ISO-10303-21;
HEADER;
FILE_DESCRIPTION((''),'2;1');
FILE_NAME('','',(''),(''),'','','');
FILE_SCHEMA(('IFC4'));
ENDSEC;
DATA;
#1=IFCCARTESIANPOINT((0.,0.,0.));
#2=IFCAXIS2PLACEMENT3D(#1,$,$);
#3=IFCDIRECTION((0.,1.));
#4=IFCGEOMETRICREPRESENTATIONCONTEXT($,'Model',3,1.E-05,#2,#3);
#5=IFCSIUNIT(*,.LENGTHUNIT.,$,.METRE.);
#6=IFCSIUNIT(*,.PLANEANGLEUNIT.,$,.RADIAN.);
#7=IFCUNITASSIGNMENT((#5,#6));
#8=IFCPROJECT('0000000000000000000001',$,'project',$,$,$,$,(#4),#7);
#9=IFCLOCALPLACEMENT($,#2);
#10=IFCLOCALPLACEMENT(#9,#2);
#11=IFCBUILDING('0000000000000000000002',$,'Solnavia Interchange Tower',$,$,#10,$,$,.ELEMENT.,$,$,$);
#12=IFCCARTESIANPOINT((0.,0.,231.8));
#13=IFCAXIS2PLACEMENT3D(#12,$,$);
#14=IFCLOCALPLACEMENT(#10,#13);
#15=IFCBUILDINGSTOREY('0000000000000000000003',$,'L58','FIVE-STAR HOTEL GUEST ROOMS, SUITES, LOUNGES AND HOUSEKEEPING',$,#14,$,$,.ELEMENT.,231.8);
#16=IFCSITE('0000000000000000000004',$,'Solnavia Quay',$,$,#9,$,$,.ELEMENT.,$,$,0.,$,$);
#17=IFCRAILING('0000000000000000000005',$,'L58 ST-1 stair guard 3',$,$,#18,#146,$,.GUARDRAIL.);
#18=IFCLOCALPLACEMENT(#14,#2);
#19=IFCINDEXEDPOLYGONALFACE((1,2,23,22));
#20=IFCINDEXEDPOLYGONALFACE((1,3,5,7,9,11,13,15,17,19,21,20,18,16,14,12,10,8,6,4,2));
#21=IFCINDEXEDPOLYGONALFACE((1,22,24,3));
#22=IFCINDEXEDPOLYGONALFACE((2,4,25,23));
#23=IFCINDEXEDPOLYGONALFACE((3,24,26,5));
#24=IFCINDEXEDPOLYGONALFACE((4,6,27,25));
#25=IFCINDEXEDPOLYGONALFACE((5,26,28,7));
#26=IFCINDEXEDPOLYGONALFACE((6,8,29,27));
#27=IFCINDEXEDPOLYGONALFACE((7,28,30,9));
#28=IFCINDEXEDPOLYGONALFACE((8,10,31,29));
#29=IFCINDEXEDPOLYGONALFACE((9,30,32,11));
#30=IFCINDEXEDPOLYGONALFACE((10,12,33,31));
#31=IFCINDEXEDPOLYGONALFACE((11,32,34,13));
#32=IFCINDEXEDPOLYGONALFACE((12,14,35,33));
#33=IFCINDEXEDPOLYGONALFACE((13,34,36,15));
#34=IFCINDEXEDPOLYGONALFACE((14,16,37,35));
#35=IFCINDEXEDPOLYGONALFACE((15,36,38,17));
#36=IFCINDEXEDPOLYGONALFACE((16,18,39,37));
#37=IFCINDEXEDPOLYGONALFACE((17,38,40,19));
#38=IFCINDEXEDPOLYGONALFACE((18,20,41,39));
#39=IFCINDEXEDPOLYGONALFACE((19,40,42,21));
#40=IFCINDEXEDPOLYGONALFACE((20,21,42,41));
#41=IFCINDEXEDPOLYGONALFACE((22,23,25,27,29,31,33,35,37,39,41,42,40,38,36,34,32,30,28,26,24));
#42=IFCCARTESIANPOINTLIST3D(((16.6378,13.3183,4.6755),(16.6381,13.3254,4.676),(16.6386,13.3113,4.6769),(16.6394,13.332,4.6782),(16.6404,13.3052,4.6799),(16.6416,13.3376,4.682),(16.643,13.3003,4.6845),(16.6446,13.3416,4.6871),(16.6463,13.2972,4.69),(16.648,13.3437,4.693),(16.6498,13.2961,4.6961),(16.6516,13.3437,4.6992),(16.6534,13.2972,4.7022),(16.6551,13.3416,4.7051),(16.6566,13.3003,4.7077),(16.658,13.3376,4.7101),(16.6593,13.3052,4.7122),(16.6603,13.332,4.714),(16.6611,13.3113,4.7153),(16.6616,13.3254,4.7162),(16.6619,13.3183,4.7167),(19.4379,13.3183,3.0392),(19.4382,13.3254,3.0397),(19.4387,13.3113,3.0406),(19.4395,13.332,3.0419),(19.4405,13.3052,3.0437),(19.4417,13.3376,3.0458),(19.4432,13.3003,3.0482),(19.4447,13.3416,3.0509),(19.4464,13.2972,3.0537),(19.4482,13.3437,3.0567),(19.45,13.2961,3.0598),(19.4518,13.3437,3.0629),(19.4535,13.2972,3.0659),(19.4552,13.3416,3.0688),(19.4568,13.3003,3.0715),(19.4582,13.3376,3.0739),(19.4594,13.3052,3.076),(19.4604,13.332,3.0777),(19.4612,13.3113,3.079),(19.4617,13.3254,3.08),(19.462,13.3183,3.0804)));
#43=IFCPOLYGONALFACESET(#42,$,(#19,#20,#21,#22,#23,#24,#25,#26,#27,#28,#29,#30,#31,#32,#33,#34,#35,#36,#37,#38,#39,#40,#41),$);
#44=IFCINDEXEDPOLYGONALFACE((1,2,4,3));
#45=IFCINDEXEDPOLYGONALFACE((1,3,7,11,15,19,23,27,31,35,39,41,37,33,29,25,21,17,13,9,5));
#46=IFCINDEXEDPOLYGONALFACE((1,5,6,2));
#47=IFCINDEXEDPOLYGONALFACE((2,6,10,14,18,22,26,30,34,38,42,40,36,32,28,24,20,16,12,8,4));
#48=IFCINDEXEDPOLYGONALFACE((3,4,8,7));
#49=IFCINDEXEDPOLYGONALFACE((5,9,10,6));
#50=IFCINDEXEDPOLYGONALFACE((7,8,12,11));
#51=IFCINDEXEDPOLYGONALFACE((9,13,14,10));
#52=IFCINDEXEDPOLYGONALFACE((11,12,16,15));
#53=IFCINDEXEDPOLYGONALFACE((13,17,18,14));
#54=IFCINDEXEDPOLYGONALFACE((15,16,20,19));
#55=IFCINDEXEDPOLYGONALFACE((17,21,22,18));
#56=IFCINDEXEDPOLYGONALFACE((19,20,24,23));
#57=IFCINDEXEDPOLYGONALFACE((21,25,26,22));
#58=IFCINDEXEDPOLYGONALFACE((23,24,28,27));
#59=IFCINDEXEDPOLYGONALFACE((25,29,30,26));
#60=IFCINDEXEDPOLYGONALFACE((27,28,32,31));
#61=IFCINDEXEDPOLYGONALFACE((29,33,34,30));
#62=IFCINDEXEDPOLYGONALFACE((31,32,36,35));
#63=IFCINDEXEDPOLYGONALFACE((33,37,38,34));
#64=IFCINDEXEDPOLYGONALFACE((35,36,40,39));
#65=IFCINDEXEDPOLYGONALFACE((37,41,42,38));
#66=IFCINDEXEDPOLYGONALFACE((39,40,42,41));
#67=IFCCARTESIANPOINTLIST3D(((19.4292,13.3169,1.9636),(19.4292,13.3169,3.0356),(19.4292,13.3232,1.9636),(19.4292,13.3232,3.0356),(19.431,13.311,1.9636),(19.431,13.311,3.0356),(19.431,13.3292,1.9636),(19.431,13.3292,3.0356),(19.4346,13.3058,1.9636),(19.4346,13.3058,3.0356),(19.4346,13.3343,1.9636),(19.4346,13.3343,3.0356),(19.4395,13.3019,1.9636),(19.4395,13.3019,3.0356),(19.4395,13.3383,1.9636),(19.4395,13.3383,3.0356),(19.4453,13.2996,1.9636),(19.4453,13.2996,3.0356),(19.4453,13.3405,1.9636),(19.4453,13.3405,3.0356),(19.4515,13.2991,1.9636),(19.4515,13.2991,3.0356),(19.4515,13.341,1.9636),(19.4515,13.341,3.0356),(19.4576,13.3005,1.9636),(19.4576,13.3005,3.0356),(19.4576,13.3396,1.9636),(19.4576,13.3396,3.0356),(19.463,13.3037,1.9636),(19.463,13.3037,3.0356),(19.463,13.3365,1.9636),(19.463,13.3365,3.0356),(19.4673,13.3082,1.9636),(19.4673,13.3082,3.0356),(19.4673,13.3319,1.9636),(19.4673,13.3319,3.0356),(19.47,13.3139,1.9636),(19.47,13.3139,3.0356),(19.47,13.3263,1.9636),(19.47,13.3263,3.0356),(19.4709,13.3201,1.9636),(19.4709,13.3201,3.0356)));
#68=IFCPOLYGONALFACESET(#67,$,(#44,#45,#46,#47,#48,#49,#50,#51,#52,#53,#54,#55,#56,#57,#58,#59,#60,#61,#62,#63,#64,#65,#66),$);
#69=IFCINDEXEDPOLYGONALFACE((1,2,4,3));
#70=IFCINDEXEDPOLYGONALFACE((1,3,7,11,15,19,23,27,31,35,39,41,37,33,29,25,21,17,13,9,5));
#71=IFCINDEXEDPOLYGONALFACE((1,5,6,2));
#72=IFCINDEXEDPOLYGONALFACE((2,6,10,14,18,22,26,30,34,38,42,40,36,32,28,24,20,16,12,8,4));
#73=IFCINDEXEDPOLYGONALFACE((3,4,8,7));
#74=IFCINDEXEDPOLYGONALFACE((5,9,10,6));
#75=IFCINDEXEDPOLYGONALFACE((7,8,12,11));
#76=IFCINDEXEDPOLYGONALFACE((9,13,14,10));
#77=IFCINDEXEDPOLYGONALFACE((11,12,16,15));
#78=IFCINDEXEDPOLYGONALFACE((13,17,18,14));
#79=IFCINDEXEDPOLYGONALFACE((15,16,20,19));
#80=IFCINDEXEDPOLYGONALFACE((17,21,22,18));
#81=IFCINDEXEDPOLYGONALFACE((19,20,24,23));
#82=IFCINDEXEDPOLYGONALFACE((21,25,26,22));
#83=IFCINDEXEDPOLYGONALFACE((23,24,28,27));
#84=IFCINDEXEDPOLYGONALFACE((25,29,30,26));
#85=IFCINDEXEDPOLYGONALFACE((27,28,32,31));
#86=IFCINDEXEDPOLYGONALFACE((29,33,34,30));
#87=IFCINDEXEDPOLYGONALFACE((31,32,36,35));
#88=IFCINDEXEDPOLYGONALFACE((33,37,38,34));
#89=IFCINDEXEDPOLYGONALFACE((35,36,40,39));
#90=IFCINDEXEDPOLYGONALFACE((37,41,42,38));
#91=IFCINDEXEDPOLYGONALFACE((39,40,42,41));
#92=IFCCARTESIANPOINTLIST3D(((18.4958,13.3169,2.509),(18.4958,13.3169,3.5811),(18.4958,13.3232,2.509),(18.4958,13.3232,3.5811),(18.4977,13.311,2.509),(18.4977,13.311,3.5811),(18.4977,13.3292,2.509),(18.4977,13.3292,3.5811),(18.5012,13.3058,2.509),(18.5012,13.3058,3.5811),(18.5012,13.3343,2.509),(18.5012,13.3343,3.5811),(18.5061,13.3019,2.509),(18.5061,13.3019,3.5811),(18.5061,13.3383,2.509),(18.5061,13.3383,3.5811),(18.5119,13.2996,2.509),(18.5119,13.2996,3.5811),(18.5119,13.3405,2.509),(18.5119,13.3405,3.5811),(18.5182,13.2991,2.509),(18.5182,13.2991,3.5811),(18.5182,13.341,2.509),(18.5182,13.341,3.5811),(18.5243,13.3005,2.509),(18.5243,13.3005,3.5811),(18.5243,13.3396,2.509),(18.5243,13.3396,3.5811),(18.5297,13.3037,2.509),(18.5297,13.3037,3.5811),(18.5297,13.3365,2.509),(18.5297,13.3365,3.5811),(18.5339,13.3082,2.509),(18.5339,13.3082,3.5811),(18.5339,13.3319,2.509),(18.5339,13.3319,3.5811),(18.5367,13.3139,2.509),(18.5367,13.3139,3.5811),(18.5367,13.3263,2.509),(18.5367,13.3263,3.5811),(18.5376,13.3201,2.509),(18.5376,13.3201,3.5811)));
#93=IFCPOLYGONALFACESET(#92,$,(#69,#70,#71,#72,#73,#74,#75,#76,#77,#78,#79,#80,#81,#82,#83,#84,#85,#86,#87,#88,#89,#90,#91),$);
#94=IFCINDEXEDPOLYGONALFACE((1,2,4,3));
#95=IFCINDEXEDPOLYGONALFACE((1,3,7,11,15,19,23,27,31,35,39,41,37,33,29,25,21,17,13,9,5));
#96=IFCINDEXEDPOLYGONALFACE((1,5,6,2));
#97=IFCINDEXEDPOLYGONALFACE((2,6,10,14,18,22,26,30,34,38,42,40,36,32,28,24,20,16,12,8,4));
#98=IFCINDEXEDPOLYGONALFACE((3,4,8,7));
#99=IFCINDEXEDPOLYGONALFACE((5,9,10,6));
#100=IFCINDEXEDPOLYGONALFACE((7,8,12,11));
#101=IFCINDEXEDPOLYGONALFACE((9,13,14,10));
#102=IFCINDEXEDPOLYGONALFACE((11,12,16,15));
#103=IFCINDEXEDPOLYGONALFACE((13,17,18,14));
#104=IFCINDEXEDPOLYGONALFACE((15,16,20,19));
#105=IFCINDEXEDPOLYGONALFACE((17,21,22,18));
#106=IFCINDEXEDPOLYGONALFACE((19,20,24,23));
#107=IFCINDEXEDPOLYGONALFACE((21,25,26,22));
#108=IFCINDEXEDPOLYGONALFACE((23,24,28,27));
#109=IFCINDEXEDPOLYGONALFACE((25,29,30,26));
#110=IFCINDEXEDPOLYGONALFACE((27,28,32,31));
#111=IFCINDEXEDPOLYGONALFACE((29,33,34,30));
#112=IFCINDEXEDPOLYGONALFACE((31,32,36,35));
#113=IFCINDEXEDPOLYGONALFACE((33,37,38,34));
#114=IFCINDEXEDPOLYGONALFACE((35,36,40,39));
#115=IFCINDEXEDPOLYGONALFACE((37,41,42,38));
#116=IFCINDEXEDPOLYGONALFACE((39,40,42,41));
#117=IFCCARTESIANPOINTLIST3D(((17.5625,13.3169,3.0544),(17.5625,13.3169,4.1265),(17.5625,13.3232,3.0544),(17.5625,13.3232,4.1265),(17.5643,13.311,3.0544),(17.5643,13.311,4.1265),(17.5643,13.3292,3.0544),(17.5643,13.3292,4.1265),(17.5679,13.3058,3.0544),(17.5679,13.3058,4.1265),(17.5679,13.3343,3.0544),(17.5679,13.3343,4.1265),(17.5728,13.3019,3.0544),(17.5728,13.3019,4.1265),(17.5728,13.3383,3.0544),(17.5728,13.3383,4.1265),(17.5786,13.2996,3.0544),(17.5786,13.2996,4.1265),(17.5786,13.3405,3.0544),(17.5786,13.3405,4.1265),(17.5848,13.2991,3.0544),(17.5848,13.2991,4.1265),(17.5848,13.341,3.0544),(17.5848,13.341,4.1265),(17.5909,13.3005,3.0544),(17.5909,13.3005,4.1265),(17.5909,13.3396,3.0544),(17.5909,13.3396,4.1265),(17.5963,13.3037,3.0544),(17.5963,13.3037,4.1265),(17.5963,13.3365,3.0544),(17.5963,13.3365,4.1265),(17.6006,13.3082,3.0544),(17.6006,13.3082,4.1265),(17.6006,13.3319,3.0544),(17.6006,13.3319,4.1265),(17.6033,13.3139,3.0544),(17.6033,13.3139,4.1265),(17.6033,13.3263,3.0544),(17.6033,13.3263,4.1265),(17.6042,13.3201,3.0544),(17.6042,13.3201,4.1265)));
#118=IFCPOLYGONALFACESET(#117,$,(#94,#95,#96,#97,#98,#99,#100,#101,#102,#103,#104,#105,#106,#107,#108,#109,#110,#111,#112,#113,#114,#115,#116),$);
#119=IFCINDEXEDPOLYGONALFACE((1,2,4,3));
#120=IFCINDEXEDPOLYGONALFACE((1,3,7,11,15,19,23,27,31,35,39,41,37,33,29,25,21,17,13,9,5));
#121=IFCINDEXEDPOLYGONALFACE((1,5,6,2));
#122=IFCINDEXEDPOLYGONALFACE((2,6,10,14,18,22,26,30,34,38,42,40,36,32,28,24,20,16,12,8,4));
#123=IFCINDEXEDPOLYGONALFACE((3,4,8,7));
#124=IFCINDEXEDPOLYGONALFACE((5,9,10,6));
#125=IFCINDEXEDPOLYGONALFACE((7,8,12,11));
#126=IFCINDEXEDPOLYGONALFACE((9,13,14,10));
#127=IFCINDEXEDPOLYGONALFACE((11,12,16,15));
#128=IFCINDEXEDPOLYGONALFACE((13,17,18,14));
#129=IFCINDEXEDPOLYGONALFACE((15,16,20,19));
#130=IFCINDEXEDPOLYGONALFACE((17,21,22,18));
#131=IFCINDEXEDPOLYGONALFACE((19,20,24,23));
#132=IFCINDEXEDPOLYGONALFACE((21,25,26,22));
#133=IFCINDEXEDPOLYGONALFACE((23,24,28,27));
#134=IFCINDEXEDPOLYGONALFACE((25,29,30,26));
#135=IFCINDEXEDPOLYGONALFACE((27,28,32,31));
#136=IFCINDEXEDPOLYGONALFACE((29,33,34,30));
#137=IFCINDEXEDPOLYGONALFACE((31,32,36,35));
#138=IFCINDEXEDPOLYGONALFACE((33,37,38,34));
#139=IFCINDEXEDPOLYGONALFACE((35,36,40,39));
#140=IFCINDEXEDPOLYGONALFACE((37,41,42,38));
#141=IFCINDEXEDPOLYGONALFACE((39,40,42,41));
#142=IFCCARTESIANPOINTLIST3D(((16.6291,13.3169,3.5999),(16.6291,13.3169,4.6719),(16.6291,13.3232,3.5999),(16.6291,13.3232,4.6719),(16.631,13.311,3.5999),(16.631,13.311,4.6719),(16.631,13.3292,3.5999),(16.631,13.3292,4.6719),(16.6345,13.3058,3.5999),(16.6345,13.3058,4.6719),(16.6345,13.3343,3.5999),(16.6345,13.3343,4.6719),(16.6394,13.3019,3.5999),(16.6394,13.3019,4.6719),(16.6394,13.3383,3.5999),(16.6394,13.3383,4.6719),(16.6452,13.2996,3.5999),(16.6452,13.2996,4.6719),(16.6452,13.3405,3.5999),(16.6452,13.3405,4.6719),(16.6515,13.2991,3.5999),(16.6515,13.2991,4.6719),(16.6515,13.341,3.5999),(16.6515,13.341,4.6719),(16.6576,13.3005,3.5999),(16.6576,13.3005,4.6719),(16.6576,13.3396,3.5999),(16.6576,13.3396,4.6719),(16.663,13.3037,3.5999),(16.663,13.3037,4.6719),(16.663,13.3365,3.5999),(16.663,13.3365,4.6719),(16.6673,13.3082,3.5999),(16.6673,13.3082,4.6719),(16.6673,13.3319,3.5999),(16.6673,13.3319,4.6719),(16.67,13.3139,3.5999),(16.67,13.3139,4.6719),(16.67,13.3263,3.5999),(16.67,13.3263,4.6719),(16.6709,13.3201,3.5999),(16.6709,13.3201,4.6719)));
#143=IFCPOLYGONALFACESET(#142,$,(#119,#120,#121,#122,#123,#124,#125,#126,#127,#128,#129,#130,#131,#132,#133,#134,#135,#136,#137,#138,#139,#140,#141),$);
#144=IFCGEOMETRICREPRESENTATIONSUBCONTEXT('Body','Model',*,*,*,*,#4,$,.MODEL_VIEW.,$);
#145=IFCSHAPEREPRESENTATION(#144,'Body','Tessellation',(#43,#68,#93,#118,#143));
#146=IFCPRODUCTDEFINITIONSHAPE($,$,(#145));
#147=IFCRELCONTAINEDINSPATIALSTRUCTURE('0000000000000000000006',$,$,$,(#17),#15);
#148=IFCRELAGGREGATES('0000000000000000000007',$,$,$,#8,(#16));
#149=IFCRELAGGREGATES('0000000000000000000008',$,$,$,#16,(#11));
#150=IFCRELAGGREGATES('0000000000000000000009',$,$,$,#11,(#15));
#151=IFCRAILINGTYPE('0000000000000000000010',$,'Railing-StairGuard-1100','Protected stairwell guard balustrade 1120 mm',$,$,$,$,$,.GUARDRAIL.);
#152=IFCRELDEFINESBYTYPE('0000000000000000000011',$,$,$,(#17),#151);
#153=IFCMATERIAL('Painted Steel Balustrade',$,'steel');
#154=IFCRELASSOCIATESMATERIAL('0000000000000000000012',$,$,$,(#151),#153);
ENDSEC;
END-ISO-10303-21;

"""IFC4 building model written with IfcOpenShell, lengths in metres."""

from ifc_helpers import new_model, si_unit, direction, frame, origin, origin_2d, place, context, subcontext, project, spatial, circle, extrude, material, type_object, element, save


model = new_model("IFC4")

# Units and contexts
model_context = context("Model", 3, precision=1e-05, world=origin(), true_north=direction((0.0, 1.0)))
body_context = subcontext(model_context, "Body", "Model", "MODEL_VIEW")
ifc_project = project(units=[si_unit("LENGTHUNIT", "METRE"), si_unit("PLANEANGLEUNIT", "RADIAN")], contexts=[model_context])

# Site, building, storey
site_placement = place(None, origin())
site = spatial("IfcSite", under=ifc_project, at=site_placement, Name="Solnavia Quay", CompositionType="ELEMENT", RefElevation=0.0)
building_placement = place(site_placement, origin())
building = spatial("IfcBuilding", under=site, at=building_placement, Name="Solnavia Interchange Tower", CompositionType="ELEMENT")
storey_placement = place(building_placement, frame((0.0, 0.0, 231.8)))
storey = spatial("IfcBuildingStorey", under=building, at=storey_placement, Name="L58", Description="FIVE-STAR HOTEL GUEST ROOMS, SUITES, LOUNGES AND HOUSEKEEPING", CompositionType="ELEMENT", Elevation=231.8)

# Railing
ifc_material_1 = material(Name="Painted Steel Balustrade", Category="steel")
railing_type_1 = type_object("IfcRailingType", Name="Railing-StairGuard-1100", Description="Protected stairwell guard balustrade 1120 mm", PredefinedType="GUARDRAIL", material=ifc_material_1)
railing_1_placement = place(storey_placement, frame((19.45, 13.3201, 1.9636)))
element("IfcRailing", 1, at=railing_1_placement, inside=storey, type_object=railing_type_1, Name="L58 ST-1 stair guard 3", PredefinedType="GUARDRAIL", context=body_context, shape_type="SweptSolid", body=[
    extrude(circle(Radius=0.0239, at=origin_2d()), frame((0.0, 0.0, 1.0962), z_axis=(-0.863394, 0.0, 0.504531), x_axis=(0.0, -1.0, 0.0)), (0.0, 0.0, 1.0), 3.2432),
    extrude(circle(Radius=0.021, at=origin_2d()), origin(), (0.0, 0.0, 1.0), 1.072),
    extrude(circle(Radius=0.021, at=origin_2d()), frame((-0.9333, 0.0, 0.5454)), (0.0, 0.0, 1.0), 1.072),
    extrude(circle(Radius=0.021, at=origin_2d()), frame((-1.8667, 0.0, 1.0908)), (0.0, 0.0, 1.0), 1.072),
    extrude(circle(Radius=0.021, at=origin_2d()), frame((-2.8, 0.0, 1.6362)), (0.0, 0.0, 1.0), 1.072),
])

save(model, "model.ifc")
